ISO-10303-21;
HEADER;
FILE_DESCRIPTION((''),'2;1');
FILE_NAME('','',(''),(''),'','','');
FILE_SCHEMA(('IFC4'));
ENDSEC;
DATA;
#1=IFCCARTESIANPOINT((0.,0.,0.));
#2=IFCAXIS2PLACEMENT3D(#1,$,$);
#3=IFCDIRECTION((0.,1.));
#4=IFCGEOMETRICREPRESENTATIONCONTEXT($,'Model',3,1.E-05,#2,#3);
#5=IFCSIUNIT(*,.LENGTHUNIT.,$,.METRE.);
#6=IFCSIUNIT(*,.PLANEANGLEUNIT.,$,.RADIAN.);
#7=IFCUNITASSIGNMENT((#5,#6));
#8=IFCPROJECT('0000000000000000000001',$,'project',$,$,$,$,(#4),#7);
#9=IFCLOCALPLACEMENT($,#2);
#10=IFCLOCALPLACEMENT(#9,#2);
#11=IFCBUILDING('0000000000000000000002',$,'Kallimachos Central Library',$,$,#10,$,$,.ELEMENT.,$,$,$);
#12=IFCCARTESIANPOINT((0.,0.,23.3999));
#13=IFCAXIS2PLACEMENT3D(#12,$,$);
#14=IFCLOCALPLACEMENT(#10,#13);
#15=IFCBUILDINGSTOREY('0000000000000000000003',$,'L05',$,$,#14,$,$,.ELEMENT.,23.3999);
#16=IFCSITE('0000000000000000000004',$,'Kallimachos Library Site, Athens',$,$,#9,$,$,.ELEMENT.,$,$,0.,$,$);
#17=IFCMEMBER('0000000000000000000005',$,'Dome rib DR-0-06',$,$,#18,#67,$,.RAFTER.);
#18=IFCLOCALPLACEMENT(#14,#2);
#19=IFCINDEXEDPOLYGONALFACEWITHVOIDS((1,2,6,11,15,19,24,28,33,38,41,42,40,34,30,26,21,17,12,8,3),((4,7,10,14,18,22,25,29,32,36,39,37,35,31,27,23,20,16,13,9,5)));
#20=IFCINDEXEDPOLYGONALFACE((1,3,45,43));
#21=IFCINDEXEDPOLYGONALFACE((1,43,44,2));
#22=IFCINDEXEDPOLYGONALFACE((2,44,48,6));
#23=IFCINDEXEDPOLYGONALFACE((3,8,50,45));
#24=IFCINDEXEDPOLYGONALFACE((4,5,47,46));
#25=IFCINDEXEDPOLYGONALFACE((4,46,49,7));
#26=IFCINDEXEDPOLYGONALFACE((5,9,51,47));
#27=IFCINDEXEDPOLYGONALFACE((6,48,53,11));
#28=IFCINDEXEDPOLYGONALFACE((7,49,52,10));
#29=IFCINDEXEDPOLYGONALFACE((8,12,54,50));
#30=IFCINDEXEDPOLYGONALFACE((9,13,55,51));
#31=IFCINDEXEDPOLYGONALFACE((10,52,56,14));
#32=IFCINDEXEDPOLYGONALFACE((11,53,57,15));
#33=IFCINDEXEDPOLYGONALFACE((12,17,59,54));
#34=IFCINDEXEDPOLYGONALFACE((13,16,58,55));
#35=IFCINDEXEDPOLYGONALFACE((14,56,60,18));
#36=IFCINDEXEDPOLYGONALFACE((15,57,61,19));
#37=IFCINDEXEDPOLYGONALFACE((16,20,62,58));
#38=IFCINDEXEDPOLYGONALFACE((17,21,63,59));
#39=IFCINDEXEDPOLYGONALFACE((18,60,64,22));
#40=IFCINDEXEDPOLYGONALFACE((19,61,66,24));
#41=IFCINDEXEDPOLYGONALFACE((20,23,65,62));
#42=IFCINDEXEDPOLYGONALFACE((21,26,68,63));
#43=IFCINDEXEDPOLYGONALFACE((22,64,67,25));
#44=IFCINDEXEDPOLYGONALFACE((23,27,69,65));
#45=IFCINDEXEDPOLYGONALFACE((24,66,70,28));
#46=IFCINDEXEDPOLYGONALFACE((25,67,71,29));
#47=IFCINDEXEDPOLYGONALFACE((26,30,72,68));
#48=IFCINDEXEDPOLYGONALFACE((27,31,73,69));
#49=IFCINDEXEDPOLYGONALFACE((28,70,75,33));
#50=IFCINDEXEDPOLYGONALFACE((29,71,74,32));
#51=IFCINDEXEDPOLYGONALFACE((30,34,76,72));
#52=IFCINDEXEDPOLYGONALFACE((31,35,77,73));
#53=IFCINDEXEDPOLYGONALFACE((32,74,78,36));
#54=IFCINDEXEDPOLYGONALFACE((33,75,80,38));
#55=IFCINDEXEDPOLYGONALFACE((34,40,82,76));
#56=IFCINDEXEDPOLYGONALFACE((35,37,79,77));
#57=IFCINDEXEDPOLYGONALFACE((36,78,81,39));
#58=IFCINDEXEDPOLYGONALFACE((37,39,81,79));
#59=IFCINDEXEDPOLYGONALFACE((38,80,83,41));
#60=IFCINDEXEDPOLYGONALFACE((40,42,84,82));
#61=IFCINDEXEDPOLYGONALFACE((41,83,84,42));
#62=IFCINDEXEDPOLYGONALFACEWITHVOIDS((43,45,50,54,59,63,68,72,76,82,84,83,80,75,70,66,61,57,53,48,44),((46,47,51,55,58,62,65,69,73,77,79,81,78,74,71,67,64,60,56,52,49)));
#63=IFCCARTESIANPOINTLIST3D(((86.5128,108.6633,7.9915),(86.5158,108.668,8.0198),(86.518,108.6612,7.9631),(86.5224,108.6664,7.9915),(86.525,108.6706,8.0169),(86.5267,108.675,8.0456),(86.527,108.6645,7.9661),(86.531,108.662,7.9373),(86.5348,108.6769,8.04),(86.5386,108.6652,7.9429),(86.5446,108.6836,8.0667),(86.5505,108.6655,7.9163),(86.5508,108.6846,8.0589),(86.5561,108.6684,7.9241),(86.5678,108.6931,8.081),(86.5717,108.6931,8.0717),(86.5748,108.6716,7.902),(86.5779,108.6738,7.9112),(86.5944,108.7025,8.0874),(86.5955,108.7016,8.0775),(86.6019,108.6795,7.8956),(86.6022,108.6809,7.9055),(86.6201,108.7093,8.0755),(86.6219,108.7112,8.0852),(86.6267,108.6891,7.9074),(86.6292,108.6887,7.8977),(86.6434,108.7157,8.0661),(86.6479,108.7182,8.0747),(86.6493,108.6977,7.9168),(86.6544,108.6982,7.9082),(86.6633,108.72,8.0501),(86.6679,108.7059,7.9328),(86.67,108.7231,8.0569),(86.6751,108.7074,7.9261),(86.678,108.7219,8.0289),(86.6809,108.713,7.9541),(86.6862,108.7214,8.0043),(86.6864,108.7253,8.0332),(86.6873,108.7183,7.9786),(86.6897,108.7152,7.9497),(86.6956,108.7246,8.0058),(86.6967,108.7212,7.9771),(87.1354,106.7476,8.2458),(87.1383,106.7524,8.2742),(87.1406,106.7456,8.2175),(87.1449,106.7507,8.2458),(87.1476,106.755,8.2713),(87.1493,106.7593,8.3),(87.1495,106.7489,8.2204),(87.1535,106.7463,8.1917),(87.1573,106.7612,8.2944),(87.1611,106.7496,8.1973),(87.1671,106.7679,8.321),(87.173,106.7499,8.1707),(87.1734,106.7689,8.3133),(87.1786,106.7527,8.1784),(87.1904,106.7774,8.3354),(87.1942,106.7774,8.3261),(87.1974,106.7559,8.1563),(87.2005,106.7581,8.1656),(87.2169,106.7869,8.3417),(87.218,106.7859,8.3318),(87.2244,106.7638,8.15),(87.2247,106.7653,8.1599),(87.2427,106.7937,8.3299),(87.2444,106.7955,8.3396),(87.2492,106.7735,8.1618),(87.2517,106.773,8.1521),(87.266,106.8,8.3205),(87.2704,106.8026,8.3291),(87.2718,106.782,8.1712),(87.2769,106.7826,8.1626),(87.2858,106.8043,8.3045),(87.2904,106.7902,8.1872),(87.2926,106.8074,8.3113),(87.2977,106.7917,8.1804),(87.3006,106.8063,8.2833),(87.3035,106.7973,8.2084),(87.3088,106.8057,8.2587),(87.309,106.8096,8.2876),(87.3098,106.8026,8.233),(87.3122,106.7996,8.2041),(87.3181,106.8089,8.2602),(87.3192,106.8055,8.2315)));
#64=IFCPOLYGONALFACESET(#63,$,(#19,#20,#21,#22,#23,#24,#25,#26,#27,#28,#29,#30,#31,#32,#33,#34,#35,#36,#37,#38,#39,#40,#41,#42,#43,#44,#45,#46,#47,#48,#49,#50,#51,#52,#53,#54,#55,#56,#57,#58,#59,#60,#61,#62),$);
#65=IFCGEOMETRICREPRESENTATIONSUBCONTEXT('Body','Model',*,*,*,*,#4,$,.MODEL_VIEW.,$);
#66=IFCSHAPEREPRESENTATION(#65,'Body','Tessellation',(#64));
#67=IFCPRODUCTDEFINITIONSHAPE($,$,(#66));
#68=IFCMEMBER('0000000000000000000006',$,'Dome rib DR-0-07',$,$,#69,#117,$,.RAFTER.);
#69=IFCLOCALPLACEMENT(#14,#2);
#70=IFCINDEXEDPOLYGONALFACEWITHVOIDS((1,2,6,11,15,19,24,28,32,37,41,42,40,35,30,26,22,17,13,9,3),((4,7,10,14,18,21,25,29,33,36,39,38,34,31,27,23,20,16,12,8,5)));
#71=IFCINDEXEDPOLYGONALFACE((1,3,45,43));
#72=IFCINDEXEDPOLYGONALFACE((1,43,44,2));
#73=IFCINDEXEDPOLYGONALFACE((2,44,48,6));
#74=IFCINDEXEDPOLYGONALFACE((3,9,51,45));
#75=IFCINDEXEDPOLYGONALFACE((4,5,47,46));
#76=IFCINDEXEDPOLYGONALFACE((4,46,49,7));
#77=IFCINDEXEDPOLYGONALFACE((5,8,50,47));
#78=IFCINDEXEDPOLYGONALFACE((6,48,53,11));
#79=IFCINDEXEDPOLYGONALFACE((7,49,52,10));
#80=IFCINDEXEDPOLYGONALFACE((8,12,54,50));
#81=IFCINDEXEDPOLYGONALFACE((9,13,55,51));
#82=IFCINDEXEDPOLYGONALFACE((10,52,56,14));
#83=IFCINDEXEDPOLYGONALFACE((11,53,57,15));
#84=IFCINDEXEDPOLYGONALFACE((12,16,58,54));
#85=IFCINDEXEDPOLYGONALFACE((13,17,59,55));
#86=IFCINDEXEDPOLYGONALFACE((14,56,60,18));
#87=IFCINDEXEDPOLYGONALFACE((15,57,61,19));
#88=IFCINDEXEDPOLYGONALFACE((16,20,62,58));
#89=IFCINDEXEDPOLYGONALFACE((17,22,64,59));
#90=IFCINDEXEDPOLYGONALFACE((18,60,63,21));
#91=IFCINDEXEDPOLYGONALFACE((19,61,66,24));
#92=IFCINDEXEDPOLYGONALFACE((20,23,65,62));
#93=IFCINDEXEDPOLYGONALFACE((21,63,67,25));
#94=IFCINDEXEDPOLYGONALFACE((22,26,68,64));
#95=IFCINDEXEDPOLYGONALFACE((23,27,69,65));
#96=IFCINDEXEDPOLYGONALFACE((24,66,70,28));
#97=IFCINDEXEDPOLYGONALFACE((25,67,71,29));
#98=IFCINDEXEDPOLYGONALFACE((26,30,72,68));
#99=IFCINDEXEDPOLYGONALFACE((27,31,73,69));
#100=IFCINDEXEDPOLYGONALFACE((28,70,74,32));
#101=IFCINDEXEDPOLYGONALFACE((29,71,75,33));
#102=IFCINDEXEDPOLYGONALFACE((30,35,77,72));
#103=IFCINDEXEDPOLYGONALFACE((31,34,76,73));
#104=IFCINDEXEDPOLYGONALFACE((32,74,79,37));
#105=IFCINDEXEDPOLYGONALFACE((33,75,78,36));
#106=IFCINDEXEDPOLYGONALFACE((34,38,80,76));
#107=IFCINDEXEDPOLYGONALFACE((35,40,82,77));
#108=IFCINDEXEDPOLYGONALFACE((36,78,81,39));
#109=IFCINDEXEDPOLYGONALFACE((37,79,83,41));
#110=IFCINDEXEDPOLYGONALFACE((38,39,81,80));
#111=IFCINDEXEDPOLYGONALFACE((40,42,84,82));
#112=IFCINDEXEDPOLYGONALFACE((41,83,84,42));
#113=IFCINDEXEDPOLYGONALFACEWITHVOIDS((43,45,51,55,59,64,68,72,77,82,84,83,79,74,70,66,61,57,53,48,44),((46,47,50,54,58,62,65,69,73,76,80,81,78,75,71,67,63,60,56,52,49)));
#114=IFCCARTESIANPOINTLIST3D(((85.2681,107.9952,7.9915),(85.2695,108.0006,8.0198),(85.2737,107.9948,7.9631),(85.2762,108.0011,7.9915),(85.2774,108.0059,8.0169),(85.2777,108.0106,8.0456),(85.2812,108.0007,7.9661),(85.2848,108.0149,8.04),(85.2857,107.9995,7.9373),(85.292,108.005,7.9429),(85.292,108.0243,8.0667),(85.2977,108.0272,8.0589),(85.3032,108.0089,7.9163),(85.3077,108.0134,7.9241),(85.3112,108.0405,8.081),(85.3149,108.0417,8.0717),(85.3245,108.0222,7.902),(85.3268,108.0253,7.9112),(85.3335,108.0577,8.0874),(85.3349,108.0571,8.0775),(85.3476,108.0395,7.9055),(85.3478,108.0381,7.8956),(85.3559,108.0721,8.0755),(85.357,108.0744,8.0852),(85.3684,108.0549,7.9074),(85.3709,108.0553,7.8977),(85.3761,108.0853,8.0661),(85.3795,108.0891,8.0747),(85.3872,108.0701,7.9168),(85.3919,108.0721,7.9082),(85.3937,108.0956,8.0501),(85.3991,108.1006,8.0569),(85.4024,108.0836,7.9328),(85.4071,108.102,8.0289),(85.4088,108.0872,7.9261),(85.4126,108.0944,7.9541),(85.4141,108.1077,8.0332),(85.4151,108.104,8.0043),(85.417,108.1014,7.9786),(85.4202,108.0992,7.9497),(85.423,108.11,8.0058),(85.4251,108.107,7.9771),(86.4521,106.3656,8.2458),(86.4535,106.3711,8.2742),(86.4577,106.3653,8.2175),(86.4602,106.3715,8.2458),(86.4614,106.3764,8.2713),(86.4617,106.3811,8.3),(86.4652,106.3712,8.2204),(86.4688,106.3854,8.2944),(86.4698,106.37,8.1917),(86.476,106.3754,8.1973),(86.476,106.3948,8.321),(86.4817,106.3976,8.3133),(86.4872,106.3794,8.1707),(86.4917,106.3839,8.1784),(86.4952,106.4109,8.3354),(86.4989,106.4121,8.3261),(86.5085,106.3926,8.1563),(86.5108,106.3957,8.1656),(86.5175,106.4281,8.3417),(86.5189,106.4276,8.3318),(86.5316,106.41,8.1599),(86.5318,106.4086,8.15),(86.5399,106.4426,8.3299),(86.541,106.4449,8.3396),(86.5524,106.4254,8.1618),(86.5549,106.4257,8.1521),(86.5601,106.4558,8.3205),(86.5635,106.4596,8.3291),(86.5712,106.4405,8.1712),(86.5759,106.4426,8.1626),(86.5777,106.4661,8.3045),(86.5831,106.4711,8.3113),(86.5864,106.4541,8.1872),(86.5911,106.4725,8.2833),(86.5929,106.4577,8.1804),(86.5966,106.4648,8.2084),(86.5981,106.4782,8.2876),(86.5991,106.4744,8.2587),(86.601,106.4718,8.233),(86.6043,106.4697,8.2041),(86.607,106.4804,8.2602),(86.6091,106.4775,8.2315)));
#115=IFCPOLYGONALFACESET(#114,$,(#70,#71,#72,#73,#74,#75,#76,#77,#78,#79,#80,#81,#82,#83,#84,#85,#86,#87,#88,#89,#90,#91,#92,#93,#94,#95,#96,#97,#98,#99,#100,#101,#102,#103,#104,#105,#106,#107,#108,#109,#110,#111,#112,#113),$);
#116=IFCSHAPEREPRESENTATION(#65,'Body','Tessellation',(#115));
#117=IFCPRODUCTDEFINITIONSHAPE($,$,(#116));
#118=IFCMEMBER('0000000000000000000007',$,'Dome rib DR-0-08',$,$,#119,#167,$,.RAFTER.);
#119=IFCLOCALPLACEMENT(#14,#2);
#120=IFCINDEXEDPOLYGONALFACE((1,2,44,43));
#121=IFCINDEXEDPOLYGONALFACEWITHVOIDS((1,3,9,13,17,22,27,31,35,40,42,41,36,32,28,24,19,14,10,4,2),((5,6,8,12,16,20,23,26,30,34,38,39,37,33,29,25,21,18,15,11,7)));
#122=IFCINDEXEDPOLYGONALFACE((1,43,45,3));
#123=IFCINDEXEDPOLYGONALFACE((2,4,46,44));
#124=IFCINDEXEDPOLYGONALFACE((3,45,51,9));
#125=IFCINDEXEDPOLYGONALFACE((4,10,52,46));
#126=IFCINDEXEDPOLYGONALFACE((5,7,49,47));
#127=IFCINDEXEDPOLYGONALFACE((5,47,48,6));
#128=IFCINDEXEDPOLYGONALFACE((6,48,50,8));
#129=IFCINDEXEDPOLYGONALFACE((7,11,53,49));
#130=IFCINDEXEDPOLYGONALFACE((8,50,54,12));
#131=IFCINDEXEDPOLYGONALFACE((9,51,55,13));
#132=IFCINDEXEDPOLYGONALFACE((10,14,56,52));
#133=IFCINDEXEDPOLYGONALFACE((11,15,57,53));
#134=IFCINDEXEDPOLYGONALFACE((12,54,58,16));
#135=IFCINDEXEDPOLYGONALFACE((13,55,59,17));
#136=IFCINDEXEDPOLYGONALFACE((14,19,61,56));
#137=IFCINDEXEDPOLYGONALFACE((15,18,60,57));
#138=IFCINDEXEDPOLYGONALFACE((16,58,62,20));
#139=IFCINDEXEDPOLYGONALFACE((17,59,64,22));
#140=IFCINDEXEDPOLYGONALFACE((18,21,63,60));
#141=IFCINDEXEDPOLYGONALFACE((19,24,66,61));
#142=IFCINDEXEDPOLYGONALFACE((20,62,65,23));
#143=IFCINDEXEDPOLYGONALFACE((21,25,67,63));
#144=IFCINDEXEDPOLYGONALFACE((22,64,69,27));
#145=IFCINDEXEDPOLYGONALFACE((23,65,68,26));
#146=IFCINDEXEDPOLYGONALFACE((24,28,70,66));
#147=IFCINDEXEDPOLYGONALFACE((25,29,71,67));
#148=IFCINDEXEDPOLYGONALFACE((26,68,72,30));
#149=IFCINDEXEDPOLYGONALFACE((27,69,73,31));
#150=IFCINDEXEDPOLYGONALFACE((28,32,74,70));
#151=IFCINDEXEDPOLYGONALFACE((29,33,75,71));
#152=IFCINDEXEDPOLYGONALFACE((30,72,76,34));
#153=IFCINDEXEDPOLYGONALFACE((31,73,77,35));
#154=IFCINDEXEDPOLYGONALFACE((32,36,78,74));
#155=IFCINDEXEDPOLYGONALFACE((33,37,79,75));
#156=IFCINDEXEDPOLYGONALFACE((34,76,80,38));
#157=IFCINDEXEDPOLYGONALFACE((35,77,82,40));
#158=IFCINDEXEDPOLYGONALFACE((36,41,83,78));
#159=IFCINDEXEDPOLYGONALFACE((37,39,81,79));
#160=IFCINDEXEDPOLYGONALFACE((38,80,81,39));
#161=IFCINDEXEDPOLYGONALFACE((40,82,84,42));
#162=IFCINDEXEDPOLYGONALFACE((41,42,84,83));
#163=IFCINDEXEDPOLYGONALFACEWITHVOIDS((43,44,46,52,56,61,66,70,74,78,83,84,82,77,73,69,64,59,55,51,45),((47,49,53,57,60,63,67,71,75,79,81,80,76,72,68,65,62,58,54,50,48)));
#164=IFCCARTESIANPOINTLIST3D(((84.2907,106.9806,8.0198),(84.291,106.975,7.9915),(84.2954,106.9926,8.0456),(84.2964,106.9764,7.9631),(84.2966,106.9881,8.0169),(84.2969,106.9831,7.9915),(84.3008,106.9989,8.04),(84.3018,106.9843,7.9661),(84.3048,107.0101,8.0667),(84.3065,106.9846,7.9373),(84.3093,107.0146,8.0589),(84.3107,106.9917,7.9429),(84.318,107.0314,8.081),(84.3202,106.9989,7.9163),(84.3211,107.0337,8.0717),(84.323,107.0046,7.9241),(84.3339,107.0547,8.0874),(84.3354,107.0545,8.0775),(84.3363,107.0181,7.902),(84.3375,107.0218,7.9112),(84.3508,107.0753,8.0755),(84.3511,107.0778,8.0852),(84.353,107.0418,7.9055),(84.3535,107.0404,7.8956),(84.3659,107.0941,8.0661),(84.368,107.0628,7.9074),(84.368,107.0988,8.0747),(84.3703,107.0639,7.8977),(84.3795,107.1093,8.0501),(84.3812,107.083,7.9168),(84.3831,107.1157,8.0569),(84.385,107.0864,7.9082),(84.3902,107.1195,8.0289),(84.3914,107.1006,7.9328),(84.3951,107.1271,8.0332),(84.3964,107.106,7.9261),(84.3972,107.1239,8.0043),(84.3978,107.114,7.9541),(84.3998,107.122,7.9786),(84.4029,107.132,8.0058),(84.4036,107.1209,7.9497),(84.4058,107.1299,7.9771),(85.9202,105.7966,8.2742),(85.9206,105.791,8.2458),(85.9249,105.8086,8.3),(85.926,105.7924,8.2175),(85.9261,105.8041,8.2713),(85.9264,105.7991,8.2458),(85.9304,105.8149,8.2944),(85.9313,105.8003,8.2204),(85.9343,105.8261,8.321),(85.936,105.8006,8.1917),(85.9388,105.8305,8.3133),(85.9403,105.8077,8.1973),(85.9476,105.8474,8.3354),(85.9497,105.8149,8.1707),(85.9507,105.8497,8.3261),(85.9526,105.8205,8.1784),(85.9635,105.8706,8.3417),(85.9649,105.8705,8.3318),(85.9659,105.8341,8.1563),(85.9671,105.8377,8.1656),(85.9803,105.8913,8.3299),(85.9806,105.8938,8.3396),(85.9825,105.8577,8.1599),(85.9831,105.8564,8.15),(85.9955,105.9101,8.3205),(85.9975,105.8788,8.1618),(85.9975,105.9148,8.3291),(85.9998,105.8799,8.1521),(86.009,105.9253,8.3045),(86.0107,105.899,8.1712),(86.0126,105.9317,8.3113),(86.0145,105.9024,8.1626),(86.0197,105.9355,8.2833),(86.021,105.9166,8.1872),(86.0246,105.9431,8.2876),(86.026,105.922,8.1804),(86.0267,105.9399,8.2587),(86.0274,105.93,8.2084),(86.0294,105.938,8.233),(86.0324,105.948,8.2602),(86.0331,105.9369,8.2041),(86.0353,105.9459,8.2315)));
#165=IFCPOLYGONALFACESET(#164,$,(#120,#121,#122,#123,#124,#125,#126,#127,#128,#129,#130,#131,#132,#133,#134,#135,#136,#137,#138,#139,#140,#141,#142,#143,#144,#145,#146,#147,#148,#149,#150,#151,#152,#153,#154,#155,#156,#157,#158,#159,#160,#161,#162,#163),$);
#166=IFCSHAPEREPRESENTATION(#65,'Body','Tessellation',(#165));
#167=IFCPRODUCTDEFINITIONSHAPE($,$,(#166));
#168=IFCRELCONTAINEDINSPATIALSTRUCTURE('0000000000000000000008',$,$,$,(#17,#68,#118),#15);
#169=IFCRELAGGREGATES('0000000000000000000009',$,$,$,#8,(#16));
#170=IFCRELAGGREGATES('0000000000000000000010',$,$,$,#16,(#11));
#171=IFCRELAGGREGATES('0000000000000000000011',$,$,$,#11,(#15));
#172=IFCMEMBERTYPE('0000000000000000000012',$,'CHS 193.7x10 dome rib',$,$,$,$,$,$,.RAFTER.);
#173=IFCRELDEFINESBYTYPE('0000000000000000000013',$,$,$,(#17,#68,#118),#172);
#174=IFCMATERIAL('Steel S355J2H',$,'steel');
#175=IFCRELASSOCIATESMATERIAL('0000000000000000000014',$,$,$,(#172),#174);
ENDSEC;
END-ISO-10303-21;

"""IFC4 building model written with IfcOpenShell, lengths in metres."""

from ifc_helpers import new_model, si_unit, direction, frame, origin, origin_2d, place, context, subcontext, project, spatial, hollow_circle, extrude, material, material_profile, profile_set, type_object, element, save


model = new_model("IFC4")

# Units and contexts
model_context = context("Model", 3, precision=1e-05, world=origin(), true_north=direction((0.0, 1.0)))
body_context = subcontext(model_context, "Body", "Model", "MODEL_VIEW")
ifc_project = project(units=[si_unit("LENGTHUNIT", "METRE"), si_unit("PLANEANGLEUNIT", "RADIAN")], contexts=[model_context])

# Site, building, storey
site_placement = place(None, origin())
site = spatial("IfcSite", under=ifc_project, at=site_placement, Name="Kallimachos Library Site, Athens", CompositionType="ELEMENT", RefElevation=0.0)
building_placement = place(site_placement, origin())
building = spatial("IfcBuilding", under=site, at=building_placement, Name="Kallimachos Central Library", CompositionType="ELEMENT")
storey_placement = place(building_placement, frame((0.0, 0.0, 23.3999)))
storey = spatial("IfcBuildingStorey", under=building, at=storey_placement, Name="L05", CompositionType="ELEMENT", Elevation=23.3999)

# Members
ifc_material_1 = material(Name="Steel S355J2H", Category="steel")
ifc_material_profile_1 = material_profile(ifc_material_1, hollow_circle(Radius=0.0969, WallThickness=0.01, at=origin_2d()), Name="CHS 193.7x10")
ifc_profile_set_1 = profile_set([ifc_material_profile_1], Name="Steel S355J2H")
member_type_1 = type_object("IfcMemberType", Name="CHS 193.7x10 dome rib", PredefinedType="RAFTER", material=ifc_profile_set_1)
for number, where, z_axis, x_axis, name in (
    (1, (87.2275, 106.7776, 8.2458), (-0.30662, 0.943549, -0.125294), (-0.951044, -0.309056, 0.0), "Dome rib DR-0-06"),
    (2, (86.5305, 106.4226, 8.2458), (-0.583179, 0.802623, -0.125293), (-0.808998, -0.587811, 0.0), "Dome rib DR-0-07"),
    (3, (85.9775, 105.8694, 8.2458), (-0.802623, 0.583179, -0.125293), (-0.587811, -0.808998, 0.0), "Dome rib DR-0-08"),
):
    element("IfcMember", number, at=place(storey_placement, frame(where, z_axis=z_axis, x_axis=x_axis)), inside=storey, type_object=member_type_1, Name=name, PredefinedType="RAFTER", context=body_context, shape_type="SweptSolid", body=[
        extrude(hollow_circle(Radius=0.0969, WallThickness=0.01, at=origin_2d()), origin(), (0.0, 0.0, 1.0), 2.0303),
    ])

save(model, "model.ifc")
